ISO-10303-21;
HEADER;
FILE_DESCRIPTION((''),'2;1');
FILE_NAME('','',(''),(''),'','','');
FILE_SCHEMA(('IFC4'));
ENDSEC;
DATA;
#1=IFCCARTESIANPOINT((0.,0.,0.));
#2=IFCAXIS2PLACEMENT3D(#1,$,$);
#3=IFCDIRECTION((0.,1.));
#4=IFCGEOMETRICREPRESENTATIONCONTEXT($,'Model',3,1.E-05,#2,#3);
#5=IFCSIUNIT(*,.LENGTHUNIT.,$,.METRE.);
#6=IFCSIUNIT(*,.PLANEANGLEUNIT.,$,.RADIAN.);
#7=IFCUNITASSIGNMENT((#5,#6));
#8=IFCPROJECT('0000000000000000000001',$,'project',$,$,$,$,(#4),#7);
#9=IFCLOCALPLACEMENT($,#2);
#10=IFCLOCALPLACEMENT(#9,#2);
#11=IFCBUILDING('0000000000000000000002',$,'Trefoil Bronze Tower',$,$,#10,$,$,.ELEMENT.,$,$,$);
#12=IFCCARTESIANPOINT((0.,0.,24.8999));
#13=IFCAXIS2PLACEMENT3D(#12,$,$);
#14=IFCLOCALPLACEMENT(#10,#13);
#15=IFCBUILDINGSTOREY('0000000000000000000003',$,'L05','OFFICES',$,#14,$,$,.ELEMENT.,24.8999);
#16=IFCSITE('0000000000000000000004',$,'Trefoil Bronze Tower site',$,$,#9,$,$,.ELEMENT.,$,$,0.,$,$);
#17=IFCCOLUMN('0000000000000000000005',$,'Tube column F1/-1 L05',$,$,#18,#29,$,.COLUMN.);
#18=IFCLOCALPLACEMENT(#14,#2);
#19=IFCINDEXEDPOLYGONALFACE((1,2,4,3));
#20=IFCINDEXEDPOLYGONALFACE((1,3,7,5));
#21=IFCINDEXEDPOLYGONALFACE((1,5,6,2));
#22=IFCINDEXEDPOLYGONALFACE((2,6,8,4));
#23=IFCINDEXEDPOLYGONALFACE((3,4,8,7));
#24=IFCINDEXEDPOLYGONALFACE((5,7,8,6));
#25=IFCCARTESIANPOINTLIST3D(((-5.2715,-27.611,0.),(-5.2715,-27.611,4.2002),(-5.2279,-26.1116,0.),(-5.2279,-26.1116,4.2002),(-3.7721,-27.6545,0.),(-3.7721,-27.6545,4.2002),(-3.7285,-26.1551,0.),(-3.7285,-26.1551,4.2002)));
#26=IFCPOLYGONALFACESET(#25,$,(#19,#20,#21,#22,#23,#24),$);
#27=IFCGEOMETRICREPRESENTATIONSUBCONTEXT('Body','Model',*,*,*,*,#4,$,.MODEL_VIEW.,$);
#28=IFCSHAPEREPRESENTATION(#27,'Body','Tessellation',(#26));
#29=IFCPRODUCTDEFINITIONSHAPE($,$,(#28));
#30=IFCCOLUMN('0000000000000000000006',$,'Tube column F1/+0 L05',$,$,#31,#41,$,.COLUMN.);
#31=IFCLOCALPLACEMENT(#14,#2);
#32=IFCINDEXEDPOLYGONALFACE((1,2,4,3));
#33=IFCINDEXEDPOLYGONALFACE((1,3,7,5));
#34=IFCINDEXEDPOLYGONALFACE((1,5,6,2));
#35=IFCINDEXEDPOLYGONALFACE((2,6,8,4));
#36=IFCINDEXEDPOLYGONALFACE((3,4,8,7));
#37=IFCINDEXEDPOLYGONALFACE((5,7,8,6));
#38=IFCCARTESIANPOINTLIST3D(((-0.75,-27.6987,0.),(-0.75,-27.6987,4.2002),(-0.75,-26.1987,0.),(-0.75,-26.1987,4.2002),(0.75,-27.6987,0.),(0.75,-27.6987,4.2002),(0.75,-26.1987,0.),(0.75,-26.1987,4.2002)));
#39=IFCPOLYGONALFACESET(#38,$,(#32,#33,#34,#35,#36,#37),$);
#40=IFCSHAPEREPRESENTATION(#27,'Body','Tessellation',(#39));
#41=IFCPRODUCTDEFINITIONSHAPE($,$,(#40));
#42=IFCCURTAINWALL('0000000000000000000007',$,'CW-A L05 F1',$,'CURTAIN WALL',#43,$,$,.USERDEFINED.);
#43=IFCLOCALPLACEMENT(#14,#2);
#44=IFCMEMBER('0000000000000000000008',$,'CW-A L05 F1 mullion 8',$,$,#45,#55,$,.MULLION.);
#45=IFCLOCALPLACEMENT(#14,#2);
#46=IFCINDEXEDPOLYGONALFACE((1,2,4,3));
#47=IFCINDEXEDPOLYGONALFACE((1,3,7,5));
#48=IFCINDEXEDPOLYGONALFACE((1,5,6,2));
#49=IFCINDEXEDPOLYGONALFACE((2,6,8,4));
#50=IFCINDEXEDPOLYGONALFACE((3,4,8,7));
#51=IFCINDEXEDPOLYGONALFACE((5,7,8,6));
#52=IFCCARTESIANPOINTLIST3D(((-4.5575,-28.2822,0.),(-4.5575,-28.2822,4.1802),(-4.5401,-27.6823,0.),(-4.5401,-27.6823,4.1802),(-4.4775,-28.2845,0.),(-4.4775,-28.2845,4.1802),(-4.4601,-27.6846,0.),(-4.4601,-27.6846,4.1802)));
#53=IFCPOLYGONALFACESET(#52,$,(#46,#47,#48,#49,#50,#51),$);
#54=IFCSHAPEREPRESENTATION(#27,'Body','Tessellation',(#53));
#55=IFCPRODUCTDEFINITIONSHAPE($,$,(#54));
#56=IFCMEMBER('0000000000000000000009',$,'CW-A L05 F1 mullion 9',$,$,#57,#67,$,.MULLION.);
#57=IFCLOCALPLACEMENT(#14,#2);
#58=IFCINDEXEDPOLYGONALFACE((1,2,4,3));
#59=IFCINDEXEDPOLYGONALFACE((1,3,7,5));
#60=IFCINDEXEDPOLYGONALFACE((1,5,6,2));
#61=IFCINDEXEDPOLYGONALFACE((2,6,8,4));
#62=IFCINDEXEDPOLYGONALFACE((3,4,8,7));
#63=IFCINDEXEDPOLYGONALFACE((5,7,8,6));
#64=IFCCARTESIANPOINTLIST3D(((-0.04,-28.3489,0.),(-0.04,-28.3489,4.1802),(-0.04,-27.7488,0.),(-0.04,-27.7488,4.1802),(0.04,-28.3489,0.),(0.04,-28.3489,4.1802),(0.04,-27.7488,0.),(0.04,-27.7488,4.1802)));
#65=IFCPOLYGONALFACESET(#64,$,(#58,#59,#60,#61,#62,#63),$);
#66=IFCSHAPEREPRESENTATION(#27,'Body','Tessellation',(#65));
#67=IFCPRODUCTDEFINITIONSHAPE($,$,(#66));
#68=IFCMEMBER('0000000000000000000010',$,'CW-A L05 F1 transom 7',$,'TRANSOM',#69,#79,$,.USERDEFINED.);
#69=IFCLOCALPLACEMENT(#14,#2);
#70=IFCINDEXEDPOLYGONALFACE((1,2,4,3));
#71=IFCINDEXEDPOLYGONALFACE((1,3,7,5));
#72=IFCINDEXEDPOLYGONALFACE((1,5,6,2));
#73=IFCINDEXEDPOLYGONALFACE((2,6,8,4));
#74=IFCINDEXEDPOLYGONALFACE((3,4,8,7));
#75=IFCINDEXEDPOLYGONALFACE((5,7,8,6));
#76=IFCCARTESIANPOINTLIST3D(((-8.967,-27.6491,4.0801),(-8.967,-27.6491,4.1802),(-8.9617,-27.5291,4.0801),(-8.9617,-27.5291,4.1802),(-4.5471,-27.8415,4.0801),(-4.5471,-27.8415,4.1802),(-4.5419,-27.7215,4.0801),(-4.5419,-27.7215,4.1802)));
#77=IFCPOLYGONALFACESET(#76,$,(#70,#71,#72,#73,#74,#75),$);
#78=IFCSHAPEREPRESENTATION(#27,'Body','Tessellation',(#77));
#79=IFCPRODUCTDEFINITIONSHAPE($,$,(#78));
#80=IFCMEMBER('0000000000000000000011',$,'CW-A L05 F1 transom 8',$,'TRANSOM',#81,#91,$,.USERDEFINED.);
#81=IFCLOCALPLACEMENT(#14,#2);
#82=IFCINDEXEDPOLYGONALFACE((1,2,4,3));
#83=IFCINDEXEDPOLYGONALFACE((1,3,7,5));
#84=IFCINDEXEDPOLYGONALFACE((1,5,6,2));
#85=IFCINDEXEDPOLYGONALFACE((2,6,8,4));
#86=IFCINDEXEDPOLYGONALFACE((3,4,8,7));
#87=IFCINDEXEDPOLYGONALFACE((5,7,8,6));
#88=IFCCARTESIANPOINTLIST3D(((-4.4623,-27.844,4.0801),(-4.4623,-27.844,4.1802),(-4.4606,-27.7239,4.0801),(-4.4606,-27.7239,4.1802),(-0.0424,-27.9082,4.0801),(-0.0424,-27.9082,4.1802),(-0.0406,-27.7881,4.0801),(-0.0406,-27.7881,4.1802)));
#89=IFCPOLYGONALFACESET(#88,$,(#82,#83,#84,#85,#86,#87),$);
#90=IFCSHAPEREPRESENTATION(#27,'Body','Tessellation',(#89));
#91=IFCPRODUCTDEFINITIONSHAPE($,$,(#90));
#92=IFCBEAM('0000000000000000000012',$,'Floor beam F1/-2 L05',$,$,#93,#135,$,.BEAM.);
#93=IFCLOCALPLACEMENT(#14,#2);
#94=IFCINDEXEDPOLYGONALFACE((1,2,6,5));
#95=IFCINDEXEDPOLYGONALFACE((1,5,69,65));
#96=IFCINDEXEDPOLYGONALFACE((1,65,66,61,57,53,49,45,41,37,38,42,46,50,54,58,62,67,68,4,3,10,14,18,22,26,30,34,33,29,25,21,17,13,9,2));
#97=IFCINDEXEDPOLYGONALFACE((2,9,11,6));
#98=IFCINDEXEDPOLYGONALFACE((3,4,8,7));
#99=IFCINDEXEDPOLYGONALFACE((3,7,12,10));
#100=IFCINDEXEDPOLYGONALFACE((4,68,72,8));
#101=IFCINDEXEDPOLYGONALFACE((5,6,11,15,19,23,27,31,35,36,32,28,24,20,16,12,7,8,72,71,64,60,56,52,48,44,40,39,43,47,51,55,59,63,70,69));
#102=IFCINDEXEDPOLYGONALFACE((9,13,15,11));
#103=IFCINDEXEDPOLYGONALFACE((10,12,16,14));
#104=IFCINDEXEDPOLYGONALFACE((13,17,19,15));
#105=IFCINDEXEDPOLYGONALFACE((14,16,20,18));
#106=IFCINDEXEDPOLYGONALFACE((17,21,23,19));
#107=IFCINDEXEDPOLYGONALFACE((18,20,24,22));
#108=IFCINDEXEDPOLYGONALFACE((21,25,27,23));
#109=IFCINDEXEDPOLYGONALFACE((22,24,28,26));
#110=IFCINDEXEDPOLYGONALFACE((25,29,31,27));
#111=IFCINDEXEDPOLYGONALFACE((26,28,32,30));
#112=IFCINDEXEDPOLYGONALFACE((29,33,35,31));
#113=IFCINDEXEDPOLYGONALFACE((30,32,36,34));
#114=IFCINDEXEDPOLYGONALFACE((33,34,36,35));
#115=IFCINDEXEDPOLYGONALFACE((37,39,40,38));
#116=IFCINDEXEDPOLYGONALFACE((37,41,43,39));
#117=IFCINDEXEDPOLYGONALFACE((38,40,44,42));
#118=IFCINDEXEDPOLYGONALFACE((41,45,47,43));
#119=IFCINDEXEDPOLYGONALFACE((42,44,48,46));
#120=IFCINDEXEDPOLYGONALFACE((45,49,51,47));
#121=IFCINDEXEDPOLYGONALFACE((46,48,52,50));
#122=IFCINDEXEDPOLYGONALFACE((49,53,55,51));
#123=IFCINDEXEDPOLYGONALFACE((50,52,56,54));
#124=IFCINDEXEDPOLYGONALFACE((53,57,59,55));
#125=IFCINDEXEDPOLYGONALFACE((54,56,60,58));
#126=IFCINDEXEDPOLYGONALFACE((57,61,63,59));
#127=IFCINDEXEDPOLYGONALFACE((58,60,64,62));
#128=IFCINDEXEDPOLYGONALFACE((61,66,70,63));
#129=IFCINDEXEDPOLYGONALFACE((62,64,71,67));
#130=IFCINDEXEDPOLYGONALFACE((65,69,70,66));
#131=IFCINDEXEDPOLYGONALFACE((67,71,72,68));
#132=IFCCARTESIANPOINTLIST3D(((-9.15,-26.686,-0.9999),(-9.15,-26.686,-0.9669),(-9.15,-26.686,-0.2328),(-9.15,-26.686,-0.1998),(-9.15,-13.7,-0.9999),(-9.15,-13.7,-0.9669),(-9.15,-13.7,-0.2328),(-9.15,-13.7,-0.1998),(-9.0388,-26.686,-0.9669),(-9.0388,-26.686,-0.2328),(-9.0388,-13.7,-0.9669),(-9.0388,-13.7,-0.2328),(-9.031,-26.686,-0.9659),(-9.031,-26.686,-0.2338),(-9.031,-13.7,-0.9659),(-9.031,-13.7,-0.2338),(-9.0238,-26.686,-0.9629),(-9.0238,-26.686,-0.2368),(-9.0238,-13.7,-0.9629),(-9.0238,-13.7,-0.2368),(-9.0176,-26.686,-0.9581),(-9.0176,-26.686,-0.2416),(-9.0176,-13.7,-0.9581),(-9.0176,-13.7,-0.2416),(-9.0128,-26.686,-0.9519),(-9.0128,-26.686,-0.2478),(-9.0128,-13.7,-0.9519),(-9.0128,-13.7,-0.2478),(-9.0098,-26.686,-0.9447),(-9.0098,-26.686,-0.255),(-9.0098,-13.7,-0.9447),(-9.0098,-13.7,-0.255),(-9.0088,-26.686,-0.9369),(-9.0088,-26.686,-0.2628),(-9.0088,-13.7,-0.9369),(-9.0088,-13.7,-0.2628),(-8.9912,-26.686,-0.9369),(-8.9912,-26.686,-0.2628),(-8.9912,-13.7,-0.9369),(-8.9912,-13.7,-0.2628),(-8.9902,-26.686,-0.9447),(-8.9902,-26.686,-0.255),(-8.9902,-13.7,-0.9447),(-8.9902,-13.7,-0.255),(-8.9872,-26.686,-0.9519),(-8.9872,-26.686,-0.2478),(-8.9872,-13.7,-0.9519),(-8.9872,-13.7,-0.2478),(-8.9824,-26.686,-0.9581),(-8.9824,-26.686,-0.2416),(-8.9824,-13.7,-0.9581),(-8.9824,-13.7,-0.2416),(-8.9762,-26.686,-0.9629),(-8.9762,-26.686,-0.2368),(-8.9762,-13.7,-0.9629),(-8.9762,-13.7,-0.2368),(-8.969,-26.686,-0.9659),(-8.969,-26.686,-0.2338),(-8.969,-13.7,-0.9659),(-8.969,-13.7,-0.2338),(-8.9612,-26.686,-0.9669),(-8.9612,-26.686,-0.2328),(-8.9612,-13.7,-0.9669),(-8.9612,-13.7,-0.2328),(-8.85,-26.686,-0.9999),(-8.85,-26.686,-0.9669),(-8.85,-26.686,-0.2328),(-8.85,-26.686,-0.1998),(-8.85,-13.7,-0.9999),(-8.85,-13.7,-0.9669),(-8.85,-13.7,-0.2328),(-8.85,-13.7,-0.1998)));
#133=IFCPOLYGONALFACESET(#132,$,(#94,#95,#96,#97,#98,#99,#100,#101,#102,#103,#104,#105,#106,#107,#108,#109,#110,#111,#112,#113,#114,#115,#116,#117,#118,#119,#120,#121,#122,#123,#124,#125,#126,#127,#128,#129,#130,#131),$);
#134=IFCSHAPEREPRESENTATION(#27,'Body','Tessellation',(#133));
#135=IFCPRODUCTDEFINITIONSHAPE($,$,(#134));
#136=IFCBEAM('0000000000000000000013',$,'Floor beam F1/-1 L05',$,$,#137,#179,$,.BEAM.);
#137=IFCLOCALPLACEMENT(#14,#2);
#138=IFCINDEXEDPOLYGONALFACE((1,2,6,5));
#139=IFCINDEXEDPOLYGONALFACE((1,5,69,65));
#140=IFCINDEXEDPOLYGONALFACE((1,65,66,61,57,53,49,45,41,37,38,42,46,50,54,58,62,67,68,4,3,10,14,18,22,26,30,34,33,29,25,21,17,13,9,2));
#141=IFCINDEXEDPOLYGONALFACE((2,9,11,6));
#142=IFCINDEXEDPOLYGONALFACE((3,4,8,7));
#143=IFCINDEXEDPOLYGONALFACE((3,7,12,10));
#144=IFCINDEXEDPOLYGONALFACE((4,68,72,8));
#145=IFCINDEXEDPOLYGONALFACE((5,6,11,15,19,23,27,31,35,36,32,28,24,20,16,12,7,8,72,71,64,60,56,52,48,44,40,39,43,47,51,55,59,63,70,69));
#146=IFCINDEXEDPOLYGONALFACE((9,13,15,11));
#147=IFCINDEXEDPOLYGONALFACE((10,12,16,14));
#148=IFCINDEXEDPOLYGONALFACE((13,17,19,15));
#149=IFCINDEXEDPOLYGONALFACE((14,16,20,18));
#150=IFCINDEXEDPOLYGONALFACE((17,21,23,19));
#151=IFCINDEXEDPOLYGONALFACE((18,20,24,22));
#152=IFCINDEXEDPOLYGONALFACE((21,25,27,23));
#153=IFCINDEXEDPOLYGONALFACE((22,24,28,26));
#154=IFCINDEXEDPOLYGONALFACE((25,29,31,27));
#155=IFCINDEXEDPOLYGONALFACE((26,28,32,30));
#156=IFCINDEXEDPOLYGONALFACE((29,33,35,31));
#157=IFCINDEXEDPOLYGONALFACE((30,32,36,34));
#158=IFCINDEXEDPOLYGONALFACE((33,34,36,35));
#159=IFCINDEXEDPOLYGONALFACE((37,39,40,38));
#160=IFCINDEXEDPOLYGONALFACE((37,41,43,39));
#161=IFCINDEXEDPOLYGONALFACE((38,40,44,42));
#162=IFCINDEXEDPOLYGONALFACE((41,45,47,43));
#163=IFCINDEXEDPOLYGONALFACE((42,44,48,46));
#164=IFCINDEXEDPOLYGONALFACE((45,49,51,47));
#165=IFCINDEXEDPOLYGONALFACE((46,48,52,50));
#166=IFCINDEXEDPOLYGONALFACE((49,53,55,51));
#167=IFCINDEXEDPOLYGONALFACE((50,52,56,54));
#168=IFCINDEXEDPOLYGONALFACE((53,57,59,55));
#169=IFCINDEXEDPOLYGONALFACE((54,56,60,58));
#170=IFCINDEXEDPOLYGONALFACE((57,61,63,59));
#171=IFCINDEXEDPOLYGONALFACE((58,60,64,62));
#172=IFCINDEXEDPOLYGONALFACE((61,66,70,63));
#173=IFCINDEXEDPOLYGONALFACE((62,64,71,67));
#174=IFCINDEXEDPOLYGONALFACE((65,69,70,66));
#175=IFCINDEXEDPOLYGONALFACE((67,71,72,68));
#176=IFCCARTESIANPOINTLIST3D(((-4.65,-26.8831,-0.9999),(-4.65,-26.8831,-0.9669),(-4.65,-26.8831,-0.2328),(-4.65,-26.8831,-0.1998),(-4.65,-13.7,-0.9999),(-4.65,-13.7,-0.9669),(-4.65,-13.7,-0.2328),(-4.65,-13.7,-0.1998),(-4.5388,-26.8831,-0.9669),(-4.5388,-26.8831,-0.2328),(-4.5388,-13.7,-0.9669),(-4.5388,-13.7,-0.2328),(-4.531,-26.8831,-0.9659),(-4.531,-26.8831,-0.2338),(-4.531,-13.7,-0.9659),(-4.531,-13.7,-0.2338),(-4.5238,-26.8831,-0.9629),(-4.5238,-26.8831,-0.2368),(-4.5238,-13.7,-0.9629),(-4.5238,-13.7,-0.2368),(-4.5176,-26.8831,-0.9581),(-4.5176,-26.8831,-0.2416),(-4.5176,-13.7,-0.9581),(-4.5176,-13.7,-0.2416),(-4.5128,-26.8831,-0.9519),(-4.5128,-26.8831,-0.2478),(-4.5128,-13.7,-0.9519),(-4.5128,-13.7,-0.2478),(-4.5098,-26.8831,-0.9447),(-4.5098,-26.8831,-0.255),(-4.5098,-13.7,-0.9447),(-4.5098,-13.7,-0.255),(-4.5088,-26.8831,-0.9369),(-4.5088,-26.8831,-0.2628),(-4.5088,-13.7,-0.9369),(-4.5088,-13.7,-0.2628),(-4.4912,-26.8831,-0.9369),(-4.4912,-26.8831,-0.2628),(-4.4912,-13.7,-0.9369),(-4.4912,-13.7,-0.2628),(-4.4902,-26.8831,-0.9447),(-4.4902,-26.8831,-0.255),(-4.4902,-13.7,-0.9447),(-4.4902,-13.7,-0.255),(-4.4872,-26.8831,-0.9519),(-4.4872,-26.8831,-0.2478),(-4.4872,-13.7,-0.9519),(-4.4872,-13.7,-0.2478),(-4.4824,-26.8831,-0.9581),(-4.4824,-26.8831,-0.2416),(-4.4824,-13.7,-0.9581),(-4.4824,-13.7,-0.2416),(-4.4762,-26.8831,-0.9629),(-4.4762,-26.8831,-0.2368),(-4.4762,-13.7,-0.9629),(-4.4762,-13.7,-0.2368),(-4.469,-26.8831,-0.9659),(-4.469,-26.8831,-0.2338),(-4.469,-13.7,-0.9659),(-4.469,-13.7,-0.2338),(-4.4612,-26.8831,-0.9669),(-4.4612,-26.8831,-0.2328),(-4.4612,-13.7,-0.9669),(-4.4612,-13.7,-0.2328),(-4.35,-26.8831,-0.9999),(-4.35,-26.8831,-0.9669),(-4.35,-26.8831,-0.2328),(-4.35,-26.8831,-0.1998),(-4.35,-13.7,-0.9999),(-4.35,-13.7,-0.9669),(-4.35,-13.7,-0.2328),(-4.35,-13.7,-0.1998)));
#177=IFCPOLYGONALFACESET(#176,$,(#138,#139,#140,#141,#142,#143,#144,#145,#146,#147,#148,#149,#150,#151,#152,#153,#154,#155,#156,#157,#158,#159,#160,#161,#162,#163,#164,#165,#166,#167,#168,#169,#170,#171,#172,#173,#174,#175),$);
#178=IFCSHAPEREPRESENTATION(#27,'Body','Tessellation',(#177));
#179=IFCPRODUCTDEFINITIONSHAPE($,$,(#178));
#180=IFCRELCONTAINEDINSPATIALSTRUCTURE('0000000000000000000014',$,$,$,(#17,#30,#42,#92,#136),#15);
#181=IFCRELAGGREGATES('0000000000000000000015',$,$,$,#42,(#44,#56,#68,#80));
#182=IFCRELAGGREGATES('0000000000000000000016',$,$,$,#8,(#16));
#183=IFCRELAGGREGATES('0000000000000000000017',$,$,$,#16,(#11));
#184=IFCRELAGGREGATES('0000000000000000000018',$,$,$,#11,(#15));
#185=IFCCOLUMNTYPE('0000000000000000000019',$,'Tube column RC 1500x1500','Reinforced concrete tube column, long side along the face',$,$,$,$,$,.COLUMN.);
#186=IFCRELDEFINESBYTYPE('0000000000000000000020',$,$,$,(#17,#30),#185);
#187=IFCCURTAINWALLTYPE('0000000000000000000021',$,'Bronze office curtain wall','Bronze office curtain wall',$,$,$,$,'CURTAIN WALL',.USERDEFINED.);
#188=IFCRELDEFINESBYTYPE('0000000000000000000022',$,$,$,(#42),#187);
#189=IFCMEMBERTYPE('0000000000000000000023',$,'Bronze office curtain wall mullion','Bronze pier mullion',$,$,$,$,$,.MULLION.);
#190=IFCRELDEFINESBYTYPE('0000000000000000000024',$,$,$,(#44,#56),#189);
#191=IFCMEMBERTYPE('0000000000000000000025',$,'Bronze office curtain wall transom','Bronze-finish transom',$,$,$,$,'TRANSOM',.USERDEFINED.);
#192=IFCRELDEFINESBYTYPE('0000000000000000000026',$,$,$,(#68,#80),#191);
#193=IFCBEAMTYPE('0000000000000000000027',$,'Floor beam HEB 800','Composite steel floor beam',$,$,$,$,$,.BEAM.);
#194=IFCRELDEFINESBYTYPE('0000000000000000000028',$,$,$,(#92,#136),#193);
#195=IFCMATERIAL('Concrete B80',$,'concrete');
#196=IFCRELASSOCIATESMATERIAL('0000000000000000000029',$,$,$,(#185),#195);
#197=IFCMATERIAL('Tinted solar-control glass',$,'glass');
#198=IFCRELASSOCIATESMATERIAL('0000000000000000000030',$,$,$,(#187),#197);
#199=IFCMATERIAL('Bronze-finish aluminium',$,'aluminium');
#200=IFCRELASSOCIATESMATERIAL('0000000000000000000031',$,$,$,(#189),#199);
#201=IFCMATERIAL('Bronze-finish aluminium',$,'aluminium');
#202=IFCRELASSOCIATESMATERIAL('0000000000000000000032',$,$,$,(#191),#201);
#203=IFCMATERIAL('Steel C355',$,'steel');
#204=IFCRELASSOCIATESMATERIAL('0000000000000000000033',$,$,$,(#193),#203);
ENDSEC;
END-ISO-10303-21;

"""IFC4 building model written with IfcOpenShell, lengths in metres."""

from ifc_helpers import new_model, si_unit, direction, frame, origin, origin_2d, place, context, subcontext, project, spatial, rectangle, i_section, extrude, material, material_profile, profile_set, type_object, element, aggregate, save


model = new_model("IFC4")

# Units and contexts
model_context = context("Model", 3, precision=1e-05, world=origin(), true_north=direction((0.0, 1.0)))
body_context = subcontext(model_context, "Body", "Model", "MODEL_VIEW")
ifc_project = project(units=[si_unit("LENGTHUNIT", "METRE"), si_unit("PLANEANGLEUNIT", "RADIAN")], contexts=[model_context])

# Site, building, storey
site_placement = place(None, origin())
site = spatial("IfcSite", under=ifc_project, at=site_placement, Name="Trefoil Bronze Tower site", CompositionType="ELEMENT", RefElevation=0.0)
building_placement = place(site_placement, origin())
building = spatial("IfcBuilding", under=site, at=building_placement, Name="Trefoil Bronze Tower", CompositionType="ELEMENT")
storey_placement = place(building_placement, frame((0.0, 0.0, 24.8999)))
storey = spatial("IfcBuildingStorey", under=building, at=storey_placement, Name="L05", Description="OFFICES", CompositionType="ELEMENT", Elevation=24.8999)

# Columns
ifc_material_1 = material(Name="Concrete B80", Category="concrete")
ifc_material_profile_1 = material_profile(ifc_material_1, rectangle(XDim=1.5, YDim=1.5, at=origin_2d()), Name="RC 1500x1500")
ifc_profile_set_1 = profile_set([ifc_material_profile_1], Name="Concrete B80")
column_type = type_object("IfcColumnType", Name="Tube column RC 1500x1500", Description="Reinforced concrete tube column, long side along the face", PredefinedType="COLUMN", material=ifc_profile_set_1)
for number, where, z_axis, x_axis, name in (
    (1, (-4.5, -26.8831, 0.0), (0.0, 0.0, 1.0), (0.999579, -0.029022, 0.0), "Tube column F1/-1 L05"),
    (2, (0.0, -26.9487, 0.0), (0.0, 0.0, 1.0), (1.0, 0.0, 0.0), "Tube column F1/+0 L05"),
):
    element("IfcColumn", number, at=place(storey_placement, frame(where, z_axis=z_axis, x_axis=x_axis)), inside=storey, type_object=column_type, Name=name, PredefinedType="COLUMN", context=body_context, shape_type="SweptSolid", body=[
        extrude(rectangle(XDim=1.5, YDim=1.5, at=origin_2d()), origin(), (0.0, 0.0, 1.0), 4.2002),
    ])

# Curtain wall, members
ifc_material_2 = material(Name="Tinted solar-control glass", Category="glass")
curtain_wall_type = type_object("IfcCurtainWallType", Name="Bronze office curtain wall", Description="Bronze office curtain wall", ElementType="CURTAIN WALL", PredefinedType="USERDEFINED", material=ifc_material_2)
curtain_wall_placement = place(storey_placement, origin())
curtain_wall = element("IfcCurtainWall", 3, at=curtain_wall_placement, inside=storey, type_object=curtain_wall_type, Name="CW-A L05 F1", ObjectType="CURTAIN WALL", PredefinedType="USERDEFINED")
ifc_material_3 = material(Name="Bronze-finish aluminium", Category="aluminium")
ifc_material_profile_2 = material_profile(ifc_material_3, rectangle(XDim=0.6001, YDim=0.0801, at=origin_2d()), Name="CW-A mullion")
ifc_profile_set_2 = profile_set([ifc_material_profile_2], Name="Bronze-finish aluminium")
member_type_1 = type_object("IfcMemberType", Name="Bronze office curtain wall mullion", Description="Bronze pier mullion", PredefinedType="MULLION", material=ifc_profile_set_2)
member_1_placement = place(storey_placement, frame((-4.5088, -27.9834, 0.0), z_axis=(0.0, 0.0, 1.0), x_axis=(0.029022, 0.999579, 0.0)))
member_1 = element("IfcMember", 4, at=member_1_placement, type_object=member_type_1, Name="CW-A L05 F1 mullion 8", PredefinedType="MULLION", context=body_context, shape_type="SweptSolid", body=[
    extrude(rectangle(XDim=0.6001, YDim=0.0801, at=origin_2d()), origin(), (0.0, 0.0, 1.0), 4.1802),
])
member_2_placement = place(storey_placement, frame((0.0, -28.0488, 0.0), z_axis=(0.0, 0.0, 1.0), x_axis=(0.0, 1.0, 0.0)))
member_2 = element("IfcMember", 5, at=member_2_placement, type_object=member_type_1, Name="CW-A L05 F1 mullion 9", PredefinedType="MULLION", context=body_context, shape_type="SweptSolid", body=[
    extrude(rectangle(XDim=0.6001, YDim=0.0801, at=origin_2d()), origin(), (0.0, 0.0, 1.0), 4.1802),
])
ifc_material_4 = material(Name="Bronze-finish aluminium", Category="aluminium")
ifc_material_profile_3 = material_profile(ifc_material_4, rectangle(XDim=0.1201, YDim=0.1001, at=origin_2d()), Name="CW-A transom")
ifc_profile_set_3 = profile_set([ifc_material_profile_3], Name="Bronze-finish aluminium")
member_type_2 = type_object("IfcMemberType", Name="Bronze office curtain wall transom", Description="Bronze-finish transom", ElementType="TRANSOM", PredefinedType="USERDEFINED", material=ifc_profile_set_3)
member_3_placement = place(storey_placement, frame((-8.9644, -27.5891, 4.1301), z_axis=(0.999054, -0.043485, 0.0), x_axis=(0.043485, 0.999054, 0.0)))
member_3 = element("IfcMember", 6, at=member_3_placement, type_object=member_type_2, Name="CW-A L05 F1 transom 7", ObjectType="TRANSOM", PredefinedType="USERDEFINED", context=body_context, shape_type="SweptSolid", body=[
    extrude(rectangle(XDim=0.1201, YDim=0.1001, at=origin_2d()), origin(), (0.0, 0.0, 1.0), 4.4241),
])
member_4_placement = place(storey_placement, frame((-4.4614, -27.7839, 4.1301), z_axis=(0.999894, -0.014526, 0.0), x_axis=(0.014526, 0.999894, 0.0)))
member_4 = element("IfcMember", 7, at=member_4_placement, type_object=member_type_2, Name="CW-A L05 F1 transom 8", ObjectType="TRANSOM", PredefinedType="USERDEFINED", context=body_context, shape_type="SweptSolid", body=[
    extrude(rectangle(XDim=0.1201, YDim=0.1001, at=origin_2d()), origin(), (0.0, 0.0, 1.0), 4.4204),
])

# Beams
ifc_material_5 = material(Name="Steel C355", Category="steel")
ifc_material_profile_4 = material_profile(ifc_material_5, i_section(OverallWidth=0.3, OverallDepth=0.8, WebThickness=0.0176, FlangeThickness=0.033, FilletRadius=0.03, at=origin_2d()), Name="HEB 800")
ifc_profile_set_4 = profile_set([ifc_material_profile_4], Name="Steel C355")
beam_type_1 = type_object("IfcBeamType", Name="Floor beam HEB 800", Description="Composite steel floor beam", PredefinedType="BEAM", material=ifc_profile_set_4)
beam_1_placement = place(storey_placement, frame((-9.0, -26.686, -0.5999), z_axis=(0.0, 1.0, 0.0), x_axis=(-1.0, 0.0, 0.0)))
element("IfcBeam", 8, at=beam_1_placement, inside=storey, type_object=beam_type_1, Name="Floor beam F1/-2 L05", PredefinedType="BEAM", context=body_context, shape_type="SweptSolid", body=[
    extrude(i_section(OverallWidth=0.3, OverallDepth=0.8, WebThickness=0.0176, FlangeThickness=0.033, FilletRadius=0.03, at=origin_2d()), origin(), (0.0, 0.0, 1.0), 12.9861),
])
beam_2_placement = place(storey_placement, frame((-4.5, -26.8831, -0.5999), z_axis=(0.0, 1.0, 0.0), x_axis=(-1.0, 0.0, 0.0)))
element("IfcBeam", 9, at=beam_2_placement, inside=storey, type_object=beam_type_1, Name="Floor beam F1/-1 L05", PredefinedType="BEAM", context=body_context, shape_type="SweptSolid", body=[
    extrude(i_section(OverallWidth=0.3, OverallDepth=0.8, WebThickness=0.0176, FlangeThickness=0.033, FilletRadius=0.03, at=origin_2d()), origin(), (0.0, 0.0, 1.0), 13.1831),
])

aggregate(curtain_wall, [member_1, member_2, member_3, member_4])

save(model, "model.ifc")
